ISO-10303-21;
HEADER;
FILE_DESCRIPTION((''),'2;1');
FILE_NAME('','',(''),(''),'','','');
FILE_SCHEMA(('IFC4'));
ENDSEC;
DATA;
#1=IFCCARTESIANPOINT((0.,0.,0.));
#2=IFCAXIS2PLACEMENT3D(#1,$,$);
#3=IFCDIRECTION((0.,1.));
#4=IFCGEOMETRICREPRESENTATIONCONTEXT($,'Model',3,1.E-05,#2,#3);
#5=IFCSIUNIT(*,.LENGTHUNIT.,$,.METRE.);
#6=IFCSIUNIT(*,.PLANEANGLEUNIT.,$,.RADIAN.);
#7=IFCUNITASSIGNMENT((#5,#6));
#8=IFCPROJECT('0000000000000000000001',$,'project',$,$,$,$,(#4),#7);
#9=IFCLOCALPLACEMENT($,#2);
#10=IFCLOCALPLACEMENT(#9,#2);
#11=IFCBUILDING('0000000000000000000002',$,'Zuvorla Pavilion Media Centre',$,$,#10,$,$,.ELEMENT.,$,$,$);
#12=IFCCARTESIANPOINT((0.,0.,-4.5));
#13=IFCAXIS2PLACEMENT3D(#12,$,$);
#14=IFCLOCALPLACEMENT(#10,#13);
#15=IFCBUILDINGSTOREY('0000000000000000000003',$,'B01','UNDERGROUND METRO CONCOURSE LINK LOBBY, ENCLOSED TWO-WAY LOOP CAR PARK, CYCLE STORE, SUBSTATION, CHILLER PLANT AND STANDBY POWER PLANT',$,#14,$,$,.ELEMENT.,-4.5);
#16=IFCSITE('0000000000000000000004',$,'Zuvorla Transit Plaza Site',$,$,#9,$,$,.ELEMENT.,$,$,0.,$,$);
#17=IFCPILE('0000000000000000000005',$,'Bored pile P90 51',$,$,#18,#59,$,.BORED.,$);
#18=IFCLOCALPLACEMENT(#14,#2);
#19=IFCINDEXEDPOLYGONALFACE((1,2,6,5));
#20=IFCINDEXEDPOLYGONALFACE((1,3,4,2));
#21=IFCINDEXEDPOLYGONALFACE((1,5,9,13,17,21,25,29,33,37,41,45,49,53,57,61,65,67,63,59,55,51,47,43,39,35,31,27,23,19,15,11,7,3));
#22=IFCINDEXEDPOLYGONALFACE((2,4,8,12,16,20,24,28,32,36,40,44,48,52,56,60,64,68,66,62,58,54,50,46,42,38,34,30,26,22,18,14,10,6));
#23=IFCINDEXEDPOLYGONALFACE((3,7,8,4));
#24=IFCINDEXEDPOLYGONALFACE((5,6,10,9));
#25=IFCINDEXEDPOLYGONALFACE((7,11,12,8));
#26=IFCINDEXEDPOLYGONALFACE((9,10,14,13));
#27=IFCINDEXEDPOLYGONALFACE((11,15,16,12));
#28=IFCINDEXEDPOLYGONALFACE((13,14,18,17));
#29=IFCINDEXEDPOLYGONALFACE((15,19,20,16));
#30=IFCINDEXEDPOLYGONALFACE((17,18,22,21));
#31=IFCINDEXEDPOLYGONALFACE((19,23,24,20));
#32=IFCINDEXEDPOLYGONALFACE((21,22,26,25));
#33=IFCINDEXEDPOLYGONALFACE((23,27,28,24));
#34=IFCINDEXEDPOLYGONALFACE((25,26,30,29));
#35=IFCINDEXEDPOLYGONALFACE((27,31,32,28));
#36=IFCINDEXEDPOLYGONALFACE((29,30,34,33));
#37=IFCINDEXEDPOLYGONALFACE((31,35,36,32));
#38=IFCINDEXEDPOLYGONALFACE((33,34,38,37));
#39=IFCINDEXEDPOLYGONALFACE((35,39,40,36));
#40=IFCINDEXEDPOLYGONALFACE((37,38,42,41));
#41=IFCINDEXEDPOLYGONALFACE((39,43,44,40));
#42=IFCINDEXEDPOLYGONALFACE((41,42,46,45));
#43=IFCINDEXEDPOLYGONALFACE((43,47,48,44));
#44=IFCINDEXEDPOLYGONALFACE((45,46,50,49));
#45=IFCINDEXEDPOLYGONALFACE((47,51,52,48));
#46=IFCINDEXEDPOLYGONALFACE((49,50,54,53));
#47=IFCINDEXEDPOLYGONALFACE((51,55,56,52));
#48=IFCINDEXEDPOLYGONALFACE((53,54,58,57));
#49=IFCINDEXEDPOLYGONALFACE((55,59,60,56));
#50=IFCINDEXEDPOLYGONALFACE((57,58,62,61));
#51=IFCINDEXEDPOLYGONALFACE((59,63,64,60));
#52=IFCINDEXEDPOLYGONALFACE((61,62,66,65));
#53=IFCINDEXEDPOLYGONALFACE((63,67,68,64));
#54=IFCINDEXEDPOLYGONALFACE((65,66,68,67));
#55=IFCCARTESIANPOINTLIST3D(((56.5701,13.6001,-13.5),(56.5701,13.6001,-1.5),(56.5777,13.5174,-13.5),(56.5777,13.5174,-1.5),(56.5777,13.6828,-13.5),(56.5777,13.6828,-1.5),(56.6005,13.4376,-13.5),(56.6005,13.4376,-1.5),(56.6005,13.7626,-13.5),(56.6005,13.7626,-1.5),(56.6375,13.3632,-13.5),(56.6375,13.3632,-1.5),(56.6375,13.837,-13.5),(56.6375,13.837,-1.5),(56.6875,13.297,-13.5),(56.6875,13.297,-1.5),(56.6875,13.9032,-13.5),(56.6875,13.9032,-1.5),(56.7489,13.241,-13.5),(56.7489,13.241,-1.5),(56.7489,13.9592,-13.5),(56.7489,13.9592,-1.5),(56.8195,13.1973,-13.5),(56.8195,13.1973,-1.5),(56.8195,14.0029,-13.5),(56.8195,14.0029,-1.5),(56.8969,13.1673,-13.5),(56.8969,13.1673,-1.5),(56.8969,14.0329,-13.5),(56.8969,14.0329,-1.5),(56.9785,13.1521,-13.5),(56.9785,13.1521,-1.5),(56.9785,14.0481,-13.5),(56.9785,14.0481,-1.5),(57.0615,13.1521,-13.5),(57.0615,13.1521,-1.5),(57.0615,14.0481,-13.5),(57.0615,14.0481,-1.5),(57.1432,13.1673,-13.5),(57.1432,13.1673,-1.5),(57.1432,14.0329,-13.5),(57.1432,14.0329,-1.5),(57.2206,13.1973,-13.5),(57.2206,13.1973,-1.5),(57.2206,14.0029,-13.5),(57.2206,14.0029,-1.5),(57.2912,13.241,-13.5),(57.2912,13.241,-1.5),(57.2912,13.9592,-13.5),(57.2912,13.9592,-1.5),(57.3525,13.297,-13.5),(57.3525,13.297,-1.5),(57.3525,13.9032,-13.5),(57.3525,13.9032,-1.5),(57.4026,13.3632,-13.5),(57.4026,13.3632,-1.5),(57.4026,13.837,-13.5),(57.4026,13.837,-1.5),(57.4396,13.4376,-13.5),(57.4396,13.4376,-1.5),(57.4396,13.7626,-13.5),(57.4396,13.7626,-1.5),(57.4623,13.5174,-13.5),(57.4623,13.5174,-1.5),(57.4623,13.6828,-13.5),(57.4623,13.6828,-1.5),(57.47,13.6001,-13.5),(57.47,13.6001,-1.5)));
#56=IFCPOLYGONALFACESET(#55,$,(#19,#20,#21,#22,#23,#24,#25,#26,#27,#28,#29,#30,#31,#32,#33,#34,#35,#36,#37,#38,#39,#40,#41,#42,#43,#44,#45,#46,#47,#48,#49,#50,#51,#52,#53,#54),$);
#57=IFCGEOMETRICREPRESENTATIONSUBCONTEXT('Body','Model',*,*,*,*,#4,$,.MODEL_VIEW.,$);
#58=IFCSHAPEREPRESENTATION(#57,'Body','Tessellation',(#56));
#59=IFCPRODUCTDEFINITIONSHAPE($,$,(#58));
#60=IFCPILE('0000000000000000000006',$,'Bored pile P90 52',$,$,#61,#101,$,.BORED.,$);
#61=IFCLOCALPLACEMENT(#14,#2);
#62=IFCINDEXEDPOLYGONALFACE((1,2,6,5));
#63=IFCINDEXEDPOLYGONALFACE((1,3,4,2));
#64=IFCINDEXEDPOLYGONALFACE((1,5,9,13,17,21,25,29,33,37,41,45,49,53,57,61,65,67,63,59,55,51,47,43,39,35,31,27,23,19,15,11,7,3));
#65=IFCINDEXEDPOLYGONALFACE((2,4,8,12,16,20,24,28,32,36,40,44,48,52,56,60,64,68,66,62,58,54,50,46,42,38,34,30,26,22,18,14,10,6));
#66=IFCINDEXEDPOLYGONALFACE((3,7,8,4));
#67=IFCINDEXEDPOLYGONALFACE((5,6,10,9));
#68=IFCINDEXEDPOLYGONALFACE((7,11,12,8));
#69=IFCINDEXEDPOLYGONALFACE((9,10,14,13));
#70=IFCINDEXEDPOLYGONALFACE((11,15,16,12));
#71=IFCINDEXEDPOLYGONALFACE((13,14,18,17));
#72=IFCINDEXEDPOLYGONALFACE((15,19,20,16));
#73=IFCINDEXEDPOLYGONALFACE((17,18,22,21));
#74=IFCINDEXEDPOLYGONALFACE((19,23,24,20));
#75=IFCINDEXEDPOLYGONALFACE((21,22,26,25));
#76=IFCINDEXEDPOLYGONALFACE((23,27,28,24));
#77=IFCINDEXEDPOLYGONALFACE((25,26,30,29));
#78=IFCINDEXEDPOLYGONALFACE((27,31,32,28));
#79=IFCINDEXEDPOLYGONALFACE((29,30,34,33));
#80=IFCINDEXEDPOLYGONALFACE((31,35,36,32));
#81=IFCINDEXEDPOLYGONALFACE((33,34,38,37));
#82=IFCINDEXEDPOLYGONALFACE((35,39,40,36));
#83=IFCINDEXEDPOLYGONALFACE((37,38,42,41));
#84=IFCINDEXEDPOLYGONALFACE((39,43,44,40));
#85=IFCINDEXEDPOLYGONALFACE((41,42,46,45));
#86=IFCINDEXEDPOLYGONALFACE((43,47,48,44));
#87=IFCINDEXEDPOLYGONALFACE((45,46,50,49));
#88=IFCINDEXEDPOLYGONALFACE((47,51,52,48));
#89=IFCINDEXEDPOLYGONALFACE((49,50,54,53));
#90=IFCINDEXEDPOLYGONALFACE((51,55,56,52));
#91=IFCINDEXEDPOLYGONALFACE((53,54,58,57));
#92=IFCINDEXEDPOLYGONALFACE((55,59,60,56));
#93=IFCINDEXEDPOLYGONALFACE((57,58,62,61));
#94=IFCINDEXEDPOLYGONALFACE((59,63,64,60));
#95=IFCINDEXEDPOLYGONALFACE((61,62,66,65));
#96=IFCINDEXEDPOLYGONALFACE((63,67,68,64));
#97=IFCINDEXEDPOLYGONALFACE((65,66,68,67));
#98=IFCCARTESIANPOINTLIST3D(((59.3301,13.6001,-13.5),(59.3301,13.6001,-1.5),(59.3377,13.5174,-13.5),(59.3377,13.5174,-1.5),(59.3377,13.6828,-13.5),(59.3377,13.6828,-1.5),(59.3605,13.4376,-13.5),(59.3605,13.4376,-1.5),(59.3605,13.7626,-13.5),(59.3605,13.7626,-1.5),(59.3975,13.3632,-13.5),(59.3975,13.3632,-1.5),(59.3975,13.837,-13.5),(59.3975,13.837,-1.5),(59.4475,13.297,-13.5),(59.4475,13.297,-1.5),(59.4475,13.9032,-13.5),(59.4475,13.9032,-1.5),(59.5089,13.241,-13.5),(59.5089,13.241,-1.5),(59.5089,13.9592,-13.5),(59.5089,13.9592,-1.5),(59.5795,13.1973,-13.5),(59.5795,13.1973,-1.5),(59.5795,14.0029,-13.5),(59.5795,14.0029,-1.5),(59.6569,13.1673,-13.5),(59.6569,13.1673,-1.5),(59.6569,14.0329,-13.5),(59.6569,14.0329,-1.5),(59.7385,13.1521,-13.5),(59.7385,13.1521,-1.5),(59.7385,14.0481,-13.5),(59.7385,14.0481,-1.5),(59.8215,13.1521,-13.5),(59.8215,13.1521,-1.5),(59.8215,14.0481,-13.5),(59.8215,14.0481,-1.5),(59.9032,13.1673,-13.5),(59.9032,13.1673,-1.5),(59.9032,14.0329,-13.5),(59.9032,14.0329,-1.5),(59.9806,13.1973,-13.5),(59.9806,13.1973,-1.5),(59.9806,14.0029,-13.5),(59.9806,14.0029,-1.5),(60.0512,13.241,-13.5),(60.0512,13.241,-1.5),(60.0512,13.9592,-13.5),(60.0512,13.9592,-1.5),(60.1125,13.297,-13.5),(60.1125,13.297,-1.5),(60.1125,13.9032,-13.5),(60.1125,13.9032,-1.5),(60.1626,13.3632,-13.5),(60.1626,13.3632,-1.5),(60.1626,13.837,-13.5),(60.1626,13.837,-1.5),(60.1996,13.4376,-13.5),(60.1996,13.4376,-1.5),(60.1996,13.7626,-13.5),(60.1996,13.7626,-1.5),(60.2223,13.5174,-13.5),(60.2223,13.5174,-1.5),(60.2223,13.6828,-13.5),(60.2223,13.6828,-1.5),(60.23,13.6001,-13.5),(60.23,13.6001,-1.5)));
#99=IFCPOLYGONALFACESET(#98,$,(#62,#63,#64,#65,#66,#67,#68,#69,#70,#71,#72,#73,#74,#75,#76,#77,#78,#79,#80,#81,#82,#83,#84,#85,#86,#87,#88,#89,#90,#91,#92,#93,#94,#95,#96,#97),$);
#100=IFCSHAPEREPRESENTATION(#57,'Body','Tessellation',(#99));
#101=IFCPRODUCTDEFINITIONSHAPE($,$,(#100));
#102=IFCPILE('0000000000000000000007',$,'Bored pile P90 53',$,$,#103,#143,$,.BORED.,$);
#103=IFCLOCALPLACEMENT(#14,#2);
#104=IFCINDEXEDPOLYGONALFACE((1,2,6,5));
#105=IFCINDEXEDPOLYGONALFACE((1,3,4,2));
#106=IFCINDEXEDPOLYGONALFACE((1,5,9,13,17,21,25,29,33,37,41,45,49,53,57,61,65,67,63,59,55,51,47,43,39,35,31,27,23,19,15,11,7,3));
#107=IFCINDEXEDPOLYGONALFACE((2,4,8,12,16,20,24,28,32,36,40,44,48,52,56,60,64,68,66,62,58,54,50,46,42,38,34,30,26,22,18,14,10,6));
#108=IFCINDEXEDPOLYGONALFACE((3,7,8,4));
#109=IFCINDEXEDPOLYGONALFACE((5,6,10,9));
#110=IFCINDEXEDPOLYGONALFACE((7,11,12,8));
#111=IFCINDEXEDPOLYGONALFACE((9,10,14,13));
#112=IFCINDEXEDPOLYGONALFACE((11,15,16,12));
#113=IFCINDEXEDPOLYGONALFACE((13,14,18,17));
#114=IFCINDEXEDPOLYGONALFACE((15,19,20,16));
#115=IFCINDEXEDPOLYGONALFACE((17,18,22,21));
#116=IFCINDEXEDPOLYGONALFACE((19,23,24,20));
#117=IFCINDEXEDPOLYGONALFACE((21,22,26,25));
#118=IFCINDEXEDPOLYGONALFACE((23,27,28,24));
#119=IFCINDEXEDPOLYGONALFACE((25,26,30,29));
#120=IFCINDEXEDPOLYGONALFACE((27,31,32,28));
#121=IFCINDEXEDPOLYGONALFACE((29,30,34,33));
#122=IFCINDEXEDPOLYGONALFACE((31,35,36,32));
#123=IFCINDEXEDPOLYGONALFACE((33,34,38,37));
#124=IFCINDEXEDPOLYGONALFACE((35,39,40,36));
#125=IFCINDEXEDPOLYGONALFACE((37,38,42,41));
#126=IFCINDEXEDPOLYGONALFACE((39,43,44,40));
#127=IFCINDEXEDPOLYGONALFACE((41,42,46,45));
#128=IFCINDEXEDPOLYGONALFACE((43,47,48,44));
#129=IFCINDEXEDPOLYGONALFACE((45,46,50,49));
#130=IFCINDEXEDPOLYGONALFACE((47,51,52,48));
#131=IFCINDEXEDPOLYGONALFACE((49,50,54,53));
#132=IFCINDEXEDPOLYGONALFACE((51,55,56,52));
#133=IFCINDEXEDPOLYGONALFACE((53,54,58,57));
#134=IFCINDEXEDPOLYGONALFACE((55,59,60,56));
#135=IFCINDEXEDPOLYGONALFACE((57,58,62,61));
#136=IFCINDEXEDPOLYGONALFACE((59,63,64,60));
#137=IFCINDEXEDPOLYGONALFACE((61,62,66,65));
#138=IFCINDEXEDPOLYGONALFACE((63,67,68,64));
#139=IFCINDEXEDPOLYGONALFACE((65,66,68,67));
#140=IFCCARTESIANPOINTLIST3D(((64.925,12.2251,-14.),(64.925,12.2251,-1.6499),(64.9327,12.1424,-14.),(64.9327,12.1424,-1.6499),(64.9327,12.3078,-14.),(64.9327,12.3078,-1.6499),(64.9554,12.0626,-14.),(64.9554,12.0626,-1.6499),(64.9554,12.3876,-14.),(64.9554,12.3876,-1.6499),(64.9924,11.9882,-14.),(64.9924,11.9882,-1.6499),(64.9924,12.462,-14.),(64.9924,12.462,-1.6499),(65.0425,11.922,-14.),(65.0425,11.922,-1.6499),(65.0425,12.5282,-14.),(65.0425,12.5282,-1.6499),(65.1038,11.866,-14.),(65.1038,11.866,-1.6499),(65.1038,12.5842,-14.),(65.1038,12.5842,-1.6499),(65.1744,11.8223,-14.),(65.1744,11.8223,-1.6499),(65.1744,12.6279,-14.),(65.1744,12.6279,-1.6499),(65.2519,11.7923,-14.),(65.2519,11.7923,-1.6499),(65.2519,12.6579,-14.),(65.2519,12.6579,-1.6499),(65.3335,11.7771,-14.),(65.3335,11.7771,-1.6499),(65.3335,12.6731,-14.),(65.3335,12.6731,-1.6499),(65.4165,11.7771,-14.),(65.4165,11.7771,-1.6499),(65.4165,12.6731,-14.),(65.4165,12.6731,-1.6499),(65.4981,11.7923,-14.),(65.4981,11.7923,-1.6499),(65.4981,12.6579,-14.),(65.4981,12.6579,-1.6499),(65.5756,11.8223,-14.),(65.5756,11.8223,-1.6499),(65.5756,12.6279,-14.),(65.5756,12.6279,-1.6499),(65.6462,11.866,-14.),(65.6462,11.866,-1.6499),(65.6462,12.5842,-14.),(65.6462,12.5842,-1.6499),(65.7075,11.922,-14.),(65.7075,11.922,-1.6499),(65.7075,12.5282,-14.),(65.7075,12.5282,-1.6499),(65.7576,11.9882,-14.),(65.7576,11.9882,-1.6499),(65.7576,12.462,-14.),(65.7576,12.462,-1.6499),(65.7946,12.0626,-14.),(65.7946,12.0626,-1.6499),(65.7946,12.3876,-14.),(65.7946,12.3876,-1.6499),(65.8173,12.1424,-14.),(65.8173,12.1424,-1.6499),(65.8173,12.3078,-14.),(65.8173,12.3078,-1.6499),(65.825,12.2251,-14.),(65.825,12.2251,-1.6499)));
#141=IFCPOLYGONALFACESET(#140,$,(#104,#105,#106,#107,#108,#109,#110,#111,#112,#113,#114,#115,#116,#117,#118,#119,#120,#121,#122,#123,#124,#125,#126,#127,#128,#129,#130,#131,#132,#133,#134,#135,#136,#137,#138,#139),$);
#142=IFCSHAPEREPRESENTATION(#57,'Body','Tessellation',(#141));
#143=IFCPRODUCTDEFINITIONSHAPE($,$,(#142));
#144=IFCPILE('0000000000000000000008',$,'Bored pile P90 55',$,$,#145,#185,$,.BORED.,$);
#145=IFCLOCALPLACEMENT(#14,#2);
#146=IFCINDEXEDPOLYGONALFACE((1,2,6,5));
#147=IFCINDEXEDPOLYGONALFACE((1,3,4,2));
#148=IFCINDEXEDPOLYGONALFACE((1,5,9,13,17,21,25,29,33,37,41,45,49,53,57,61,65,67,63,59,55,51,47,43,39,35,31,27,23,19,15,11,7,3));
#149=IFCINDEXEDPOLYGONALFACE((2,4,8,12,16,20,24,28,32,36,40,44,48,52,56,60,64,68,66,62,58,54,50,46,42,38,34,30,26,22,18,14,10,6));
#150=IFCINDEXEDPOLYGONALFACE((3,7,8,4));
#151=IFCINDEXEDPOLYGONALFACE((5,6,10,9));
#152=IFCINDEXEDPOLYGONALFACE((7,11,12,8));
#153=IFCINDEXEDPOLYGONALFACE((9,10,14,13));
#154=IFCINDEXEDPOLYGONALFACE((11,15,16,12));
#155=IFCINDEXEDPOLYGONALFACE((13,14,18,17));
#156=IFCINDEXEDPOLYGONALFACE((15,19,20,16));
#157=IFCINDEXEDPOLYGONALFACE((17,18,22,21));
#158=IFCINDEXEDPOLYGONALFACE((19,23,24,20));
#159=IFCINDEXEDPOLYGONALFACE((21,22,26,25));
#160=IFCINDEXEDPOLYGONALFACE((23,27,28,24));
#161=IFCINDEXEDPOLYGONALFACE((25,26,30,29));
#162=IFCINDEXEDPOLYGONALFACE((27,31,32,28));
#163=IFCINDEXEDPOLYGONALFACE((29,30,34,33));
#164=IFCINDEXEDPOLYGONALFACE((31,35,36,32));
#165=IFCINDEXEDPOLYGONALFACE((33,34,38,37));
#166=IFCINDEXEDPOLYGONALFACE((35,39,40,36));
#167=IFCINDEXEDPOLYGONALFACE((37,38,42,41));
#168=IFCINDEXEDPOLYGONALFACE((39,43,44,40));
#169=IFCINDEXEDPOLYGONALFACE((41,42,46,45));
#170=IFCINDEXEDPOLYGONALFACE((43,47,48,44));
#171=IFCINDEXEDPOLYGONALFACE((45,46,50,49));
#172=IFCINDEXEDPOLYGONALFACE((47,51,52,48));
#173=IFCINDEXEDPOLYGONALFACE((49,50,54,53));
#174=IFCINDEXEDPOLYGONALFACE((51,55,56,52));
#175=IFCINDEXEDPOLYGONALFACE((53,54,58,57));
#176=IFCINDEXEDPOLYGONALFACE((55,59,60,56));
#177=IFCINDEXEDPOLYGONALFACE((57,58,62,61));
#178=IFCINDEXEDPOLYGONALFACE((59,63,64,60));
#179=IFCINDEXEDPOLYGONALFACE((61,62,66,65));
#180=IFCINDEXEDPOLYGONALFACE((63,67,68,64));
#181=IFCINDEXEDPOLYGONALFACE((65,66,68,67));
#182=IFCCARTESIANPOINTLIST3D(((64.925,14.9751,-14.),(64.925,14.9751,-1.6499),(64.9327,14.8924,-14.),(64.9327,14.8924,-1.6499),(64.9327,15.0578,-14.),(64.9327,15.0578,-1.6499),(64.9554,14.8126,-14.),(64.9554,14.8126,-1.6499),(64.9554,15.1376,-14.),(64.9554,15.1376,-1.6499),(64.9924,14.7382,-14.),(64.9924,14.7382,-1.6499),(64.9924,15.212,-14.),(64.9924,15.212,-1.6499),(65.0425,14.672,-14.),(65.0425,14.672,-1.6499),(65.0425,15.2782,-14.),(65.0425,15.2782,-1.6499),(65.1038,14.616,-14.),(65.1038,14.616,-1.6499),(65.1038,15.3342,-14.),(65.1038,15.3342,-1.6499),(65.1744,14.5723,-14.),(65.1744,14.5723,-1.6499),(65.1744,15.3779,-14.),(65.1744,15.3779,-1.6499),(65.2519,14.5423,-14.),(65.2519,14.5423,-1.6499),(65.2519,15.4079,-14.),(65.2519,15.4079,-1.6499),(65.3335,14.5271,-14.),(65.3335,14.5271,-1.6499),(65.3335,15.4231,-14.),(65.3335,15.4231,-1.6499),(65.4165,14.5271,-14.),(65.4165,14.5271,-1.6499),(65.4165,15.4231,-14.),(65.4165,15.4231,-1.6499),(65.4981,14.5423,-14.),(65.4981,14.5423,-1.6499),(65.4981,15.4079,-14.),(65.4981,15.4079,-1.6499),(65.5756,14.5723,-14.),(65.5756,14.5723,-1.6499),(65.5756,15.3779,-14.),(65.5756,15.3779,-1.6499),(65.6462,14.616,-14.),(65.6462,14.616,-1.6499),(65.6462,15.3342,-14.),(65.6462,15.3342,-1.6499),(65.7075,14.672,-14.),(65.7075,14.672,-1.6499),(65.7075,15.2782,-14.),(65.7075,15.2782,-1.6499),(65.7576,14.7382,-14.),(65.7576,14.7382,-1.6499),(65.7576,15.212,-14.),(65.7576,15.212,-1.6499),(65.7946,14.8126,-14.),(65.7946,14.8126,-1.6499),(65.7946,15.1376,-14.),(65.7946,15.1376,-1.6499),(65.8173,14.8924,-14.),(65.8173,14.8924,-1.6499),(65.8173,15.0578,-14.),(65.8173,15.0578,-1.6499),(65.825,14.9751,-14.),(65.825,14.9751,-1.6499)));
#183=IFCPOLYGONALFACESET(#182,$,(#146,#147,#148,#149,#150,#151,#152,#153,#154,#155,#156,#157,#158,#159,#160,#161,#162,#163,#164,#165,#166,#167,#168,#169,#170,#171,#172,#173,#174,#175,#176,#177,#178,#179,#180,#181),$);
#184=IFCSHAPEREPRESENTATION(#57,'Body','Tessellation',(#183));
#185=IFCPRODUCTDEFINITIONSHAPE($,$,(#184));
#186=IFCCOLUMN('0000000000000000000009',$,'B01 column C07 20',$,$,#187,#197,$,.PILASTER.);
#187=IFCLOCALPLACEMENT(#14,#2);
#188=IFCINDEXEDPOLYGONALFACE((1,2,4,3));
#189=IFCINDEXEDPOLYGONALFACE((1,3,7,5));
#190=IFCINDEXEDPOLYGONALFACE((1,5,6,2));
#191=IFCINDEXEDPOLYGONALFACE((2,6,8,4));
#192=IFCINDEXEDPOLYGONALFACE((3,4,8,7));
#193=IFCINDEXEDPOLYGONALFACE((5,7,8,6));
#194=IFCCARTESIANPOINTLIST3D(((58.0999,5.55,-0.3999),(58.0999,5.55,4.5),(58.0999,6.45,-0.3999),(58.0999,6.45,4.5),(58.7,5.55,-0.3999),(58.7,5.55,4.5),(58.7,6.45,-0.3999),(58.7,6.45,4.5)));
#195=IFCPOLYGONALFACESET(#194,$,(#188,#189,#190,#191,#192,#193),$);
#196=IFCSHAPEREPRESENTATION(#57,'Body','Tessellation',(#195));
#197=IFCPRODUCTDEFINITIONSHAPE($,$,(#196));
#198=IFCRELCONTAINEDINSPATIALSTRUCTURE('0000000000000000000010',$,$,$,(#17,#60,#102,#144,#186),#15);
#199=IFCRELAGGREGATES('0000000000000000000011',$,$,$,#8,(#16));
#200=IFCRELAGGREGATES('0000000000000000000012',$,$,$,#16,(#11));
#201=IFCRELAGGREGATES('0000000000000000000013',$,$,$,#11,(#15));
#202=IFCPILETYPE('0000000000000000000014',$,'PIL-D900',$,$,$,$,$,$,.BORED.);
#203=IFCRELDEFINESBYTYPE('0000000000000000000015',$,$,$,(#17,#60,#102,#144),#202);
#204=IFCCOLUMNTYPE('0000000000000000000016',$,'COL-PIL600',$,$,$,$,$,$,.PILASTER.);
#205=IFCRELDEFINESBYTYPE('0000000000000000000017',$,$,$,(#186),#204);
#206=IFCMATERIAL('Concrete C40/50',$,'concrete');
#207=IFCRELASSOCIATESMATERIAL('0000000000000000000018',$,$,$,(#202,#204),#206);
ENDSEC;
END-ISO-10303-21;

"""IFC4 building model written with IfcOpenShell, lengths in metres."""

from ifc_helpers import new_model, si_unit, direction, frame, origin, origin_2d, place, context, subcontext, project, spatial, rectangle, circle, extrude, material, material_profile, profile_set, type_object, element, save


model = new_model("IFC4")

# Units and contexts
model_context = context("Model", 3, precision=1e-05, world=origin(), true_north=direction((0.0, 1.0)))
body_context = subcontext(model_context, "Body", "Model", "MODEL_VIEW")
ifc_project = project(units=[si_unit("LENGTHUNIT", "METRE"), si_unit("PLANEANGLEUNIT", "RADIAN")], contexts=[model_context])

# Site, building, storey
site_placement = place(None, origin())
site = spatial("IfcSite", under=ifc_project, at=site_placement, Name="Zuvorla Transit Plaza Site", CompositionType="ELEMENT", RefElevation=0.0)
building_placement = place(site_placement, origin())
building = spatial("IfcBuilding", under=site, at=building_placement, Name="Zuvorla Pavilion Media Centre", CompositionType="ELEMENT")
storey_placement = place(building_placement, frame((0.0, 0.0, -4.5)))
storey = spatial("IfcBuildingStorey", under=building, at=storey_placement, Name="B01", Description="UNDERGROUND METRO CONCOURSE LINK LOBBY, ENCLOSED TWO-WAY LOOP CAR PARK, CYCLE STORE, SUBSTATION, CHILLER PLANT AND STANDBY POWER PLANT", CompositionType="ELEMENT", Elevation=-4.5)

# Shared definitions
ifc_material_1 = material(Name="Concrete C40/50", Category="concrete")

# Piles
ifc_material_profile_1 = material_profile(ifc_material_1, circle(Radius=0.45, at=origin_2d()), Name="BORED PILE 900")
ifc_profile_set_1 = profile_set([ifc_material_profile_1], Name="Concrete C40/50")
pile_type = type_object("IfcPileType", Name="PIL-D900", PredefinedType="BORED", material=ifc_profile_set_1)
for number, where, z_axis, x_axis, name in (
    (1, (57.02, 13.6001, -1.5), (0.0, 0.0, -1.0), (1.0, 0.0, 0.0), "Bored pile P90 51"),
    (2, (59.78, 13.6001, -1.5), (0.0, 0.0, -1.0), (1.0, 0.0, 0.0), "Bored pile P90 52"),
):
    element("IfcPile", number, at=place(storey_placement, frame(where, z_axis=z_axis, x_axis=x_axis)), inside=storey, type_object=pile_type, Name=name, PredefinedType="BORED", context=body_context, shape_type="SweptSolid", body=[
        extrude(circle(Radius=0.45, at=origin_2d()), origin(), (0.0, 0.0, 1.0), 12.0),
    ])
for number, where, z_axis, x_axis, name in (
    (3, (65.375, 12.2251, -1.6499), (0.0, 0.0, -1.0), (1.0, 0.0, 0.0), "Bored pile P90 53"),
    (4, (65.375, 14.9751, -1.6499), (0.0, 0.0, -1.0), (1.0, 0.0, 0.0), "Bored pile P90 55"),
):
    element("IfcPile", number, at=place(storey_placement, frame(where, z_axis=z_axis, x_axis=x_axis)), inside=storey, type_object=pile_type, Name=name, PredefinedType="BORED", context=body_context, shape_type="SweptSolid", body=[
        extrude(circle(Radius=0.45, at=origin_2d()), origin(), (0.0, 0.0, 1.0), 12.3501),
    ])

# Column
ifc_material_profile_2 = material_profile(ifc_material_1, rectangle(XDim=0.6001, YDim=0.8999, at=origin_2d()), Name="RC 600x900")
ifc_profile_set_2 = profile_set([ifc_material_profile_2], Name="Concrete C40/50")
column_type_1 = type_object("IfcColumnType", Name="COL-PIL600", PredefinedType="PILASTER", material=ifc_profile_set_2)
column_1_placement = place(storey_placement, frame((58.3999, 6.0, -0.3999), z_axis=(0.0, 0.0, 1.0), x_axis=(1.0, 0.0, 0.0)))
element("IfcColumn", 5, at=column_1_placement, inside=storey, type_object=column_type_1, Name="B01 column C07 20", PredefinedType="PILASTER", context=body_context, shape_type="SweptSolid", body=[
    extrude(rectangle(XDim=0.6001, YDim=0.8999, at=origin_2d()), origin(), (0.0, 0.0, 1.0), 4.8999),
])

save(model, "model.ifc")
